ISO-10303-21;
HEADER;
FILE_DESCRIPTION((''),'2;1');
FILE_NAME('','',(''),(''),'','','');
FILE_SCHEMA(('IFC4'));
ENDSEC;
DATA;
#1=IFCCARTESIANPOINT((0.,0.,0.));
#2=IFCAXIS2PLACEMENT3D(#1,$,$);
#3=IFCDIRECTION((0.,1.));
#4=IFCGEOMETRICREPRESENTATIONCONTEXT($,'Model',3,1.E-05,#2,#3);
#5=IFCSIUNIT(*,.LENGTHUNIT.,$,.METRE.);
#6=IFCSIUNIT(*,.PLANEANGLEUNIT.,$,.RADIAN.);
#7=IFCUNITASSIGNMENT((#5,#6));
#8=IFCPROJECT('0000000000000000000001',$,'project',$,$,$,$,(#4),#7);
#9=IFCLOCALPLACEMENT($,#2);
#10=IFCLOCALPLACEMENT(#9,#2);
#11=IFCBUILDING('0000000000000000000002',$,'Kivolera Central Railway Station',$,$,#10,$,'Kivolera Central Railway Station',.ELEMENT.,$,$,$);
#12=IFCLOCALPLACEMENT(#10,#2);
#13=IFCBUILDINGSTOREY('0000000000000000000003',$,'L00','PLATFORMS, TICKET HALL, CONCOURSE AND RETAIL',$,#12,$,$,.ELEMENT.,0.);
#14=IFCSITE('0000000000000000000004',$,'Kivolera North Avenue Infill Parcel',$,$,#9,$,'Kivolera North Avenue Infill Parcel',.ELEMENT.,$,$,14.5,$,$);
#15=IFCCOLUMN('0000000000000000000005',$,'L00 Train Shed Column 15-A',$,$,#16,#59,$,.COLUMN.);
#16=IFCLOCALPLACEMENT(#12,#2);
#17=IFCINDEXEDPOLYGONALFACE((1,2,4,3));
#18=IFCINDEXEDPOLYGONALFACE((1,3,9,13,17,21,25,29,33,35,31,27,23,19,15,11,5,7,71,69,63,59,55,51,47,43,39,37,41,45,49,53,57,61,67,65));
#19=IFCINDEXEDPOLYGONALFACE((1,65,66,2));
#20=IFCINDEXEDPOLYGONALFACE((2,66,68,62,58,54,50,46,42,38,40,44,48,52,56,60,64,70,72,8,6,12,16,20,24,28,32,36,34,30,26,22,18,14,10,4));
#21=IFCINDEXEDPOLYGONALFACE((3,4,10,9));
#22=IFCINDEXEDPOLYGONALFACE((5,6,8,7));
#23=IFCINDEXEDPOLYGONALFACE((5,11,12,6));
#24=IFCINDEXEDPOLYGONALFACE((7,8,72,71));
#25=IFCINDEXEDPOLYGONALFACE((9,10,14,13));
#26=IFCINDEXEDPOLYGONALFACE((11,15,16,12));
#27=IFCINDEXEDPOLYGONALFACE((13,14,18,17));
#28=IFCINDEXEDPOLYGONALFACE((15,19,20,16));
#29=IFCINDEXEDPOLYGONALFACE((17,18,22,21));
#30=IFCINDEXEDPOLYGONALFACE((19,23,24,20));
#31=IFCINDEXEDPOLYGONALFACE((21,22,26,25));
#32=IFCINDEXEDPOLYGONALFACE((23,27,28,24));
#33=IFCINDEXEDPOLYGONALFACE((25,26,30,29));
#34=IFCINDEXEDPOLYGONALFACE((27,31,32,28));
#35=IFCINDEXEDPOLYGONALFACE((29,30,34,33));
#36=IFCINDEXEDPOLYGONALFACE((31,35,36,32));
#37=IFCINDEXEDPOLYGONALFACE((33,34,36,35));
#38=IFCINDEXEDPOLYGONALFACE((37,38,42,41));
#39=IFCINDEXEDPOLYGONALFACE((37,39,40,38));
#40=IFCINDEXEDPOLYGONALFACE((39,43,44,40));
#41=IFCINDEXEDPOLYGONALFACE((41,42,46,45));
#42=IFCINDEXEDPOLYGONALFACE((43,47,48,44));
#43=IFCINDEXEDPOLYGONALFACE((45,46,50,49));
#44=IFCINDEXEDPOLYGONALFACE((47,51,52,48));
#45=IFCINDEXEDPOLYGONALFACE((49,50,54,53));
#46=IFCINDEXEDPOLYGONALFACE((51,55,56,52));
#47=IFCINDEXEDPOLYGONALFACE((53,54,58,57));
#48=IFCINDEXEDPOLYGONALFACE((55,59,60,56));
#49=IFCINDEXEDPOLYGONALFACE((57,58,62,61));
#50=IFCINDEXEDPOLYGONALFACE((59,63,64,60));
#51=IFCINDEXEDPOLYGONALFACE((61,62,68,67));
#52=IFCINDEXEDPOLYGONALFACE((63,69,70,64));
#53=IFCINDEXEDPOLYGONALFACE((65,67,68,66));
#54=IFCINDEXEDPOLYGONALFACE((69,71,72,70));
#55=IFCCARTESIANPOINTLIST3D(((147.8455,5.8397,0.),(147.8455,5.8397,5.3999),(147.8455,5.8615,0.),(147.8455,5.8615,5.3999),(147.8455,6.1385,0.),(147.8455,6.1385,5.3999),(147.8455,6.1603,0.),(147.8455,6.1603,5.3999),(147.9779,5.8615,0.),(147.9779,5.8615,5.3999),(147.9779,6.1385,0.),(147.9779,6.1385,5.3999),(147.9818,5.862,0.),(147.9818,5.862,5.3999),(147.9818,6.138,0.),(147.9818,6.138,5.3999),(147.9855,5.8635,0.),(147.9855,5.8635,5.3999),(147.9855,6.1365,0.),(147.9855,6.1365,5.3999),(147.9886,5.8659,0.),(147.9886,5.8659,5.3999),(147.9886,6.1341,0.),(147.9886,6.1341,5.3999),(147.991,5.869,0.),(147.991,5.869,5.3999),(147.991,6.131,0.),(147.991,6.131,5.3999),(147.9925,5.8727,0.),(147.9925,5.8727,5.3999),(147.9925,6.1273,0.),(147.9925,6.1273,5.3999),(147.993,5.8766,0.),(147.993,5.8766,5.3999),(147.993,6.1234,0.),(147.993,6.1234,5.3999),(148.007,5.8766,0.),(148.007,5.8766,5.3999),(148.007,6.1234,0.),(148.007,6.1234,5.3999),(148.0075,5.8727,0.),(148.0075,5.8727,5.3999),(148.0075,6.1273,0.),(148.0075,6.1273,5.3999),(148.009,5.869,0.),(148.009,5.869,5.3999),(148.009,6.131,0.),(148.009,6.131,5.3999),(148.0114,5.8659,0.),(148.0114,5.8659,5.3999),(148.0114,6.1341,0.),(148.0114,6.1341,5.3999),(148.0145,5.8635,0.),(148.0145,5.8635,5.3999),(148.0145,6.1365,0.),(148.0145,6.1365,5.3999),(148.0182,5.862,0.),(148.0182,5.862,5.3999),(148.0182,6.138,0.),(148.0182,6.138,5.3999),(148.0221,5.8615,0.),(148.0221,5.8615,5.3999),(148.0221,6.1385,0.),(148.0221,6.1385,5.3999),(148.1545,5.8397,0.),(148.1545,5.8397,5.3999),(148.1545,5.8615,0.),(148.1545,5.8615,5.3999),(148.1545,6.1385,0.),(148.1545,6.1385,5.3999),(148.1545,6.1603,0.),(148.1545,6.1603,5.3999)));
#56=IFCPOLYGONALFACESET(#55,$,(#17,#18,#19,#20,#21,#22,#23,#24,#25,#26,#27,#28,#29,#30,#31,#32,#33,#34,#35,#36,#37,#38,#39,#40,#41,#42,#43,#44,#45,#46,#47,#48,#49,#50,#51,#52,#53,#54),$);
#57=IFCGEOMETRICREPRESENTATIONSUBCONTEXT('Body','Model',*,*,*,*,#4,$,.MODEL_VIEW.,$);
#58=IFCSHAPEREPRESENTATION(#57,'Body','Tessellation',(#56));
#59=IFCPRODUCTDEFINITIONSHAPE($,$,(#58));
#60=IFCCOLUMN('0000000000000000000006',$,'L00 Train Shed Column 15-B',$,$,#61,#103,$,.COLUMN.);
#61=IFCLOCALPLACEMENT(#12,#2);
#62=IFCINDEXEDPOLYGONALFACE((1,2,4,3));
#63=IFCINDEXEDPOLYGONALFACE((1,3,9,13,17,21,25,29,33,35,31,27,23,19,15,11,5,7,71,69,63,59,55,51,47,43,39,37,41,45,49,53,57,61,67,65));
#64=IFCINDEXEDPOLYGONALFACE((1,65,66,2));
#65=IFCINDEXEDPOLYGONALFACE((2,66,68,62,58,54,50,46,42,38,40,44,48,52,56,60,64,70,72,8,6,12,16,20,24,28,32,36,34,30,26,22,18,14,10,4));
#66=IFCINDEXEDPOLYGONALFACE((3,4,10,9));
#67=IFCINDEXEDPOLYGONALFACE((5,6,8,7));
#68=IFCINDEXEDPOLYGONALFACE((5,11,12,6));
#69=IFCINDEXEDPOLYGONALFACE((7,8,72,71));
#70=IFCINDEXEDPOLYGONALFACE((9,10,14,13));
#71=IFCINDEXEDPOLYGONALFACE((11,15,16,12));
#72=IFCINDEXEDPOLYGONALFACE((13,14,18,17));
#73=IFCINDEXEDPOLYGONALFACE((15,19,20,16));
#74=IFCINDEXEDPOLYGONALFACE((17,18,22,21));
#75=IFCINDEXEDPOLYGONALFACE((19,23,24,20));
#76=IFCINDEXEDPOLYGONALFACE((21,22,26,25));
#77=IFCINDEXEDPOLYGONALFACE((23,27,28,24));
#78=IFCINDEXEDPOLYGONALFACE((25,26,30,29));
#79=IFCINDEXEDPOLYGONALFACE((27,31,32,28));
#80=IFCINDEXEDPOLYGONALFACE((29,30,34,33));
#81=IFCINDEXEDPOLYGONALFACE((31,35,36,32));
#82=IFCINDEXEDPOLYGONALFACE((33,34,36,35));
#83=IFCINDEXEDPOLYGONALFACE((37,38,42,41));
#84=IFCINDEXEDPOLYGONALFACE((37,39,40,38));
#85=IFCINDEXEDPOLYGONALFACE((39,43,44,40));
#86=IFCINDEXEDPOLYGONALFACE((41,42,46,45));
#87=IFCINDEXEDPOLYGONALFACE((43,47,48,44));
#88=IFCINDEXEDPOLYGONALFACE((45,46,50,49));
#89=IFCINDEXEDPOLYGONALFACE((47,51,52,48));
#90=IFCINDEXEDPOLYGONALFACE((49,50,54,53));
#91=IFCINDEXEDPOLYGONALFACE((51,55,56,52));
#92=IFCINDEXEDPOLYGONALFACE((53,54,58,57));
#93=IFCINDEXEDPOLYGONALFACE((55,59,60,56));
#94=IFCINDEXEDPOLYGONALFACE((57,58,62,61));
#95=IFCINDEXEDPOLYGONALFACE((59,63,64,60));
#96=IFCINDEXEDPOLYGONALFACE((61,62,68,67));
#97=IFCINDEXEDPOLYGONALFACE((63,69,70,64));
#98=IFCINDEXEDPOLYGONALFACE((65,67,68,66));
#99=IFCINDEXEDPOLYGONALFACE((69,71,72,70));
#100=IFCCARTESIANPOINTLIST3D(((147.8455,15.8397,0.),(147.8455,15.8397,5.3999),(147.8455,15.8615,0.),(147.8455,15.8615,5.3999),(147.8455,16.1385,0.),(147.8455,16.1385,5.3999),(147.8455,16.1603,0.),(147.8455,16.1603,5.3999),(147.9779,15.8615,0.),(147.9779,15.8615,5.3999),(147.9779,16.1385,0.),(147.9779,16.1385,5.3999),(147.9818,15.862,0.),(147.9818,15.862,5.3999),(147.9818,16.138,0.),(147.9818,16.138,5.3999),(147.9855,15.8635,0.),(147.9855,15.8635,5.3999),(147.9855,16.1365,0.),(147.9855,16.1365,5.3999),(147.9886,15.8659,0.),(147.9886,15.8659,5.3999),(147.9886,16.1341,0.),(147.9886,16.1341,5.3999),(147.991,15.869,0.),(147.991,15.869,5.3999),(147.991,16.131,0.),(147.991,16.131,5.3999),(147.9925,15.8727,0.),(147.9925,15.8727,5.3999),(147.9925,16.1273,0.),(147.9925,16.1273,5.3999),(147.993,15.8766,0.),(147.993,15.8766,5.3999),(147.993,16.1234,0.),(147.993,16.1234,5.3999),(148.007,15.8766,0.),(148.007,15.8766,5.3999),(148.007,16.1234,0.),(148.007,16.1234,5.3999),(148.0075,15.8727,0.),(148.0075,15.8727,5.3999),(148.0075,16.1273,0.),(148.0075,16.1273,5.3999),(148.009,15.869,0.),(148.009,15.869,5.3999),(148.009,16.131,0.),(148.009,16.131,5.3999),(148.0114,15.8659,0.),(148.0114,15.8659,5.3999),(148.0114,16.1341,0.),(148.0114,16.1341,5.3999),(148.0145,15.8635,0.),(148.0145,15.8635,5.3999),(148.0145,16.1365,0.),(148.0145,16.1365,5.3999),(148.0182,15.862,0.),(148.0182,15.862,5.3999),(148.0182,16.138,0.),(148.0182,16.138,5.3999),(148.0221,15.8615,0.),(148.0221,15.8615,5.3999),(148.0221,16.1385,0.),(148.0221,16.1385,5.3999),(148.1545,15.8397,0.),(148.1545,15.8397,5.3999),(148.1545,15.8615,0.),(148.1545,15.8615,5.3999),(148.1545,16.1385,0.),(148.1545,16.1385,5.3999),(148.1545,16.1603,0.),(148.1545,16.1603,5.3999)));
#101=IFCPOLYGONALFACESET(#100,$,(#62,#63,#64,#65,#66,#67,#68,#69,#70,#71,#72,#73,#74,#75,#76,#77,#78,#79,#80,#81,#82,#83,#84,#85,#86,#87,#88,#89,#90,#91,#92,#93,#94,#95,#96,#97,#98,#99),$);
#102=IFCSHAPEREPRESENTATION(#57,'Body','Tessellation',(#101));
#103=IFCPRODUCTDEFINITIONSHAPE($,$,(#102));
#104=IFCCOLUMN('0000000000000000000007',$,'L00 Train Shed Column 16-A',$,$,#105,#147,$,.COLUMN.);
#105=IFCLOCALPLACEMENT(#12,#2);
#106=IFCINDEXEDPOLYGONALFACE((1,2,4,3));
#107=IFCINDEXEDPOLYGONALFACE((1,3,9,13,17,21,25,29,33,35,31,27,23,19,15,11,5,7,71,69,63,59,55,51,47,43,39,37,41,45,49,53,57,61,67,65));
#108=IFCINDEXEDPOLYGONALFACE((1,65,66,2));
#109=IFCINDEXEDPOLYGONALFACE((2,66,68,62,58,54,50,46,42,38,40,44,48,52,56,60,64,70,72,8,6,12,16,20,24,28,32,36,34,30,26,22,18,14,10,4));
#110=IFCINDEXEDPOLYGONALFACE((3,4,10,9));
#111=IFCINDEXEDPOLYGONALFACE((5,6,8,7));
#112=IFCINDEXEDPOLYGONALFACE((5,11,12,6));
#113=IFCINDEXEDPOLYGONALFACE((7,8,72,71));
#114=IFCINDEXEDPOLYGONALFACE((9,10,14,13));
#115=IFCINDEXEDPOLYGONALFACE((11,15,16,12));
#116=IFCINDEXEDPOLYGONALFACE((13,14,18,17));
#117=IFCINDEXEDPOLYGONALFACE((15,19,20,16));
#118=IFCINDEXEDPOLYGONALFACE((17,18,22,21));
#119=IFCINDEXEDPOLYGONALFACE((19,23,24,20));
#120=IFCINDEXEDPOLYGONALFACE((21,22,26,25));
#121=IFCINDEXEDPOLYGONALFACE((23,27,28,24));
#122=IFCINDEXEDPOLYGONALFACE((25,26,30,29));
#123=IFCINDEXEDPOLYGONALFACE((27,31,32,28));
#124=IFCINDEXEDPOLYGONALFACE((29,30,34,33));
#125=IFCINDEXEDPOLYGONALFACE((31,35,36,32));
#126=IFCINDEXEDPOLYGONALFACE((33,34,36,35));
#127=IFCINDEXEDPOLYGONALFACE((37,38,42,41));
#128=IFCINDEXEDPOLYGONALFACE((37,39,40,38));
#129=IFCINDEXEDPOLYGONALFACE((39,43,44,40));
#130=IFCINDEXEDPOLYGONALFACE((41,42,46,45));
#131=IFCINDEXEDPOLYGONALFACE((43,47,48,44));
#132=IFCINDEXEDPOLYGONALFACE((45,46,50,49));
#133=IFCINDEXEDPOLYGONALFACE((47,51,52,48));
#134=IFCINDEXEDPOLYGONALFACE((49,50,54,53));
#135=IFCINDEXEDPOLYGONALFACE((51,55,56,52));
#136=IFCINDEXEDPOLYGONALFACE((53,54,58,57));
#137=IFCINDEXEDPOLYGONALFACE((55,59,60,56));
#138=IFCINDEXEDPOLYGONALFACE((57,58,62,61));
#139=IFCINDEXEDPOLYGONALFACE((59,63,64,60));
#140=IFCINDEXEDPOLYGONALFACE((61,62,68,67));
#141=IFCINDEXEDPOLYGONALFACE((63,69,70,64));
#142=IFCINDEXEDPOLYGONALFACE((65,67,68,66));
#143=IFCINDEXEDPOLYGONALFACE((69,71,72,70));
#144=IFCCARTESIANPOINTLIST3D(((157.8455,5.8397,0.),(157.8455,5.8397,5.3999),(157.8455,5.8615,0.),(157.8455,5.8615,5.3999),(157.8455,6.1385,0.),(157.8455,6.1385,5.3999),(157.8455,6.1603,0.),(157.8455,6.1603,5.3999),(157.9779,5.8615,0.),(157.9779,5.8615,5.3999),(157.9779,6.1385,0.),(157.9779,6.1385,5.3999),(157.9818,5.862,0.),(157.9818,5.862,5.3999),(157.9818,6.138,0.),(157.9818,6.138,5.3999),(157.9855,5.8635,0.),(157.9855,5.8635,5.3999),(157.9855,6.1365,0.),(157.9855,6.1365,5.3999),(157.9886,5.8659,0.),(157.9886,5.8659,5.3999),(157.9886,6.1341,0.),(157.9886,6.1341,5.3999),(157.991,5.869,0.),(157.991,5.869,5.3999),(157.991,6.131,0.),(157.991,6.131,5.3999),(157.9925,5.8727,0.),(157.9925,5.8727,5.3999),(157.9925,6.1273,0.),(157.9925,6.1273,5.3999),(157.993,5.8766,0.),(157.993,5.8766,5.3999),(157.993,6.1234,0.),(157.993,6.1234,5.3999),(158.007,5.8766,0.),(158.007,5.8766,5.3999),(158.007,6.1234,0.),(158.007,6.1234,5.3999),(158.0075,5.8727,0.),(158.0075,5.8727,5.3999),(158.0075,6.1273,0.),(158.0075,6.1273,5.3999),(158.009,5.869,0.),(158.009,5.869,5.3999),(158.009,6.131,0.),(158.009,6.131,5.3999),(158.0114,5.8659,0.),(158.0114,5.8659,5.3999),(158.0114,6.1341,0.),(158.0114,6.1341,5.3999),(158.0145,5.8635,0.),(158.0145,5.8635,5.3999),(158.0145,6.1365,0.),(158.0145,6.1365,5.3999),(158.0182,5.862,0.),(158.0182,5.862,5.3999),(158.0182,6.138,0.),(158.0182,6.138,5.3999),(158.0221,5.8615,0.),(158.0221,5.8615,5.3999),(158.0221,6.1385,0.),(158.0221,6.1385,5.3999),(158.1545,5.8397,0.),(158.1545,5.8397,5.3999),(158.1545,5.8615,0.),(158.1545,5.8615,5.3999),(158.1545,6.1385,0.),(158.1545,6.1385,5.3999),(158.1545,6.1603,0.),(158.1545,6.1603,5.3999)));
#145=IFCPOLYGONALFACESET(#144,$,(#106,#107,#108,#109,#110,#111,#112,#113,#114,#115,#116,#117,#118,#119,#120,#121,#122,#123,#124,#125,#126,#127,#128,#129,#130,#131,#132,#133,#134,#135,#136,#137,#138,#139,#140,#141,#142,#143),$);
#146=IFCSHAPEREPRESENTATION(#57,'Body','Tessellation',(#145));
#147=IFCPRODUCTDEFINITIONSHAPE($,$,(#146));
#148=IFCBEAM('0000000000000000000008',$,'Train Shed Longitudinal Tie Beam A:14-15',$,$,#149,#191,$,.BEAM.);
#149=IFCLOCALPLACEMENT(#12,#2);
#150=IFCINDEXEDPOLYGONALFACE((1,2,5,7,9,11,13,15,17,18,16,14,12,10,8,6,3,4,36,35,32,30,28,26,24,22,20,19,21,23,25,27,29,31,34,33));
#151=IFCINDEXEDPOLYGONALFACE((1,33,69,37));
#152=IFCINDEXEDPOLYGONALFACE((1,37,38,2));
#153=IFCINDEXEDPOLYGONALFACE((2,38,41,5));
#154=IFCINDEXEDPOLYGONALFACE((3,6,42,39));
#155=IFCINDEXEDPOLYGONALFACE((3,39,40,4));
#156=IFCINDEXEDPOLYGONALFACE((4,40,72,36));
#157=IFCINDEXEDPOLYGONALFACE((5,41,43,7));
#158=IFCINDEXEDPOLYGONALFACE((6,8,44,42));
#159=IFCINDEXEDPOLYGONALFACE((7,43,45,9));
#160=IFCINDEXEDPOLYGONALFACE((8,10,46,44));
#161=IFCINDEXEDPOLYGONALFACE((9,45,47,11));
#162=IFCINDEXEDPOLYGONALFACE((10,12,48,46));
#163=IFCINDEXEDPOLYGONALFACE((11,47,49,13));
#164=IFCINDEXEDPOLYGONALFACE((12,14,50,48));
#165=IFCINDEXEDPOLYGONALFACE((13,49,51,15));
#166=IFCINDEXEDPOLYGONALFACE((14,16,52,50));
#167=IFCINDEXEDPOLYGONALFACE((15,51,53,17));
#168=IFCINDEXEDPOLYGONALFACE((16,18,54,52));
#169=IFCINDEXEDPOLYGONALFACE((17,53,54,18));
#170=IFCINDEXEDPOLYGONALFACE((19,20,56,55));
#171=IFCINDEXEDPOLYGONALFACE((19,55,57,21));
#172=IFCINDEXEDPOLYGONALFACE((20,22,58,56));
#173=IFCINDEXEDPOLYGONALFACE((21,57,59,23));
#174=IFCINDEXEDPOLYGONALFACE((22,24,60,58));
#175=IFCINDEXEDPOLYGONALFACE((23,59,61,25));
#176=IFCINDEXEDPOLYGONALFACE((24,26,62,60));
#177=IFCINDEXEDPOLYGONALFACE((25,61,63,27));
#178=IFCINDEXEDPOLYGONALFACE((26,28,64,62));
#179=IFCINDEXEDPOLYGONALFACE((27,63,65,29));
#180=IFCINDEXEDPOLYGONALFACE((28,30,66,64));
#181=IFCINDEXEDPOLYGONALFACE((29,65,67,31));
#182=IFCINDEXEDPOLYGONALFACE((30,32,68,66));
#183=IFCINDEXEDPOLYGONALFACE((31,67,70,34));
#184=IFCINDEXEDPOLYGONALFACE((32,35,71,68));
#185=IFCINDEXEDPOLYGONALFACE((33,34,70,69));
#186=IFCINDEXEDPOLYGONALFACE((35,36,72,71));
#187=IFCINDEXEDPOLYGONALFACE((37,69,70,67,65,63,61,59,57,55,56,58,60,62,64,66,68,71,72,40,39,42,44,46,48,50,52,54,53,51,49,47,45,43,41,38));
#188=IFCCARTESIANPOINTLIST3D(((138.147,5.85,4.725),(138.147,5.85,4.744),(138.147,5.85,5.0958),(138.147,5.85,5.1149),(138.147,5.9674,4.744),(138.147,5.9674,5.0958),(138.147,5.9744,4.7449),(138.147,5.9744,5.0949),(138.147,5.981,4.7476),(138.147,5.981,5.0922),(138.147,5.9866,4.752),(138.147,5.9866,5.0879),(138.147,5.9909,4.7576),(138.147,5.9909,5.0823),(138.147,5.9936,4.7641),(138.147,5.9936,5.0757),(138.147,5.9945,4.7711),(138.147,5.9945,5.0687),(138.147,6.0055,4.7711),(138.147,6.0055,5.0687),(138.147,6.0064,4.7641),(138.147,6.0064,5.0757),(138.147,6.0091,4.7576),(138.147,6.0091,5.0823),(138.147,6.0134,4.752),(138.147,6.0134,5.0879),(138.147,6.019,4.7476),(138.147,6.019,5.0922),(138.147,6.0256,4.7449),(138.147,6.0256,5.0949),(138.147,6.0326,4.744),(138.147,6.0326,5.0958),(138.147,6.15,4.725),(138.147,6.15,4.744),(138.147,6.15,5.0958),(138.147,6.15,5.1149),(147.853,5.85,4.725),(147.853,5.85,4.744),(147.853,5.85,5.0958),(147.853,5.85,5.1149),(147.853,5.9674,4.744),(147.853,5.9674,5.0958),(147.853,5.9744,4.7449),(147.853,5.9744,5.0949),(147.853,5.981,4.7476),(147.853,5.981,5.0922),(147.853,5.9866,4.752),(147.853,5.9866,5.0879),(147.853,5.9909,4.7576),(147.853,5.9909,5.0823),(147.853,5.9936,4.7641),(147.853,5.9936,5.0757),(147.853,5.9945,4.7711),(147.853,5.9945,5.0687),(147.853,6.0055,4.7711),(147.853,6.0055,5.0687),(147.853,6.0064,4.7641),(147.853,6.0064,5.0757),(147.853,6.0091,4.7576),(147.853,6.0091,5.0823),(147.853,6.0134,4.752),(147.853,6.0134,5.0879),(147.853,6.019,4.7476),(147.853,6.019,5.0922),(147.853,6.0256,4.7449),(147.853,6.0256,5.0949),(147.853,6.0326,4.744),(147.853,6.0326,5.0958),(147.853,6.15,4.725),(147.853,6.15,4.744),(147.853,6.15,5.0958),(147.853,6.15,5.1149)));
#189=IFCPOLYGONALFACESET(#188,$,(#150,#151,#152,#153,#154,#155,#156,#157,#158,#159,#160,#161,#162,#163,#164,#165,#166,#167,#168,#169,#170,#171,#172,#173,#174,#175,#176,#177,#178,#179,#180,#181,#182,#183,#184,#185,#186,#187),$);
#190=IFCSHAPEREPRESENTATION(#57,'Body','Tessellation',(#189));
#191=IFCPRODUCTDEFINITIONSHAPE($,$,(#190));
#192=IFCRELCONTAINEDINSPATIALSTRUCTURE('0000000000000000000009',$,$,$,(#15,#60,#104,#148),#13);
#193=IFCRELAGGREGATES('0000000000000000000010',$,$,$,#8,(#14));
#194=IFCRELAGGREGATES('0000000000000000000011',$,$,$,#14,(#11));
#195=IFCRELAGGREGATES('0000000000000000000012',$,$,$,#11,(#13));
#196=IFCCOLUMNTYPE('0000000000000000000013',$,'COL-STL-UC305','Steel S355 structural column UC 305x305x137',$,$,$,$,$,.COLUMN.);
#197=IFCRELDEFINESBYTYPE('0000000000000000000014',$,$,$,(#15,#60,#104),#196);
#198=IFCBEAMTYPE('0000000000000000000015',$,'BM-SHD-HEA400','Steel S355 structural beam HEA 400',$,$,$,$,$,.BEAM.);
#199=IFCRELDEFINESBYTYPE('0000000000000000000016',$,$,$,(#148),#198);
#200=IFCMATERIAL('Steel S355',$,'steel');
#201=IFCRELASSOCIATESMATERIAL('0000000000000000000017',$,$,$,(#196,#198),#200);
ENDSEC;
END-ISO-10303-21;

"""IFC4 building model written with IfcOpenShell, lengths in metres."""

from ifc_helpers import new_model, si_unit, direction, frame, origin, origin_2d, place, context, subcontext, project, spatial, i_section, extrude, material, material_profile, profile_set, type_object, element, save


model = new_model("IFC4")

# Units and contexts
model_context = context("Model", 3, precision=1e-05, world=origin(), true_north=direction((0.0, 1.0)))
body_context = subcontext(model_context, "Body", "Model", "MODEL_VIEW")
ifc_project = project(units=[si_unit("LENGTHUNIT", "METRE"), si_unit("PLANEANGLEUNIT", "RADIAN")], contexts=[model_context])

# Site, building, storey
site_placement = place(None, origin())
site = spatial("IfcSite", under=ifc_project, at=site_placement, Name="Kivolera North Avenue Infill Parcel", LongName="Kivolera North Avenue Infill Parcel", CompositionType="ELEMENT", RefElevation=14.5)
building_placement = place(site_placement, origin())
building = spatial("IfcBuilding", under=site, at=building_placement, Name="Kivolera Central Railway Station", LongName="Kivolera Central Railway Station", CompositionType="ELEMENT")
storey_placement = place(building_placement, origin())
storey = spatial("IfcBuildingStorey", under=building, at=storey_placement, Name="L00", Description="PLATFORMS, TICKET HALL, CONCOURSE AND RETAIL", CompositionType="ELEMENT", Elevation=0.0)

# Columns
ifc_material_1 = material(Name="Steel S355", Category="steel")
ifc_material_profile_1 = material_profile(ifc_material_1, i_section(OverallWidth=0.3091, OverallDepth=0.3206, WebThickness=0.0139, FlangeThickness=0.0217, FilletRadius=0.0151, at=origin_2d()), Name="UC 305x305x137")
ifc_profile_set_1 = profile_set([ifc_material_profile_1], Name="Steel S355")
column_type = type_object("IfcColumnType", Name="COL-STL-UC305", Description="Steel S355 structural column UC 305x305x137", PredefinedType="COLUMN", material=ifc_profile_set_1)
for number, where, z_axis, x_axis, name in (
    (1, (148.0, 6.0, 0.0), (0.0, 0.0, 1.0), (1.0, 0.0, 0.0), "L00 Train Shed Column 15-A"),
    (2, (148.0, 16.0, 0.0), (0.0, 0.0, 1.0), (1.0, 0.0, 0.0), "L00 Train Shed Column 15-B"),
    (3, (158.0, 6.0, 0.0), (0.0, 0.0, 1.0), (1.0, 0.0, 0.0), "L00 Train Shed Column 16-A"),
):
    element("IfcColumn", number, at=place(storey_placement, frame(where, z_axis=z_axis, x_axis=x_axis)), inside=storey, type_object=column_type, Name=name, PredefinedType="COLUMN", context=body_context, shape_type="SweptSolid", body=[
        extrude(i_section(OverallWidth=0.3091, OverallDepth=0.3206, WebThickness=0.0139, FlangeThickness=0.0217, FilletRadius=0.0151, at=origin_2d()), origin(), (0.0, 0.0, 1.0), 5.3999),
    ])

# Beam
ifc_material_profile_2 = material_profile(ifc_material_1, i_section(OverallWidth=0.3, OverallDepth=0.3899, WebThickness=0.011, FlangeThickness=0.019, FilletRadius=0.0271, at=origin_2d()), Name="HEA 400")
ifc_profile_set_2 = profile_set([ifc_material_profile_2], Name="Steel S355")
beam_type = type_object("IfcBeamType", Name="BM-SHD-HEA400", Description="Steel S355 structural beam HEA 400", PredefinedType="BEAM", material=ifc_profile_set_2)
for number, where, z_axis, x_axis, name in (
    (4, (138.147, 6.0, 4.9199), (1.0, 0.0, 0.0), (0.0, 1.0, 0.0), "Train Shed Longitudinal Tie Beam A:14-15"),
):
    element("IfcBeam", number, at=place(storey_placement, frame(where, z_axis=z_axis, x_axis=x_axis)), inside=storey, type_object=beam_type, Name=name, PredefinedType="BEAM", context=body_context, shape_type="SweptSolid", body=[
        extrude(i_section(OverallWidth=0.3, OverallDepth=0.3899, WebThickness=0.011, FlangeThickness=0.019, FilletRadius=0.0271, at=origin_2d()), origin(), (0.0, 0.0, 1.0), 9.7061),
    ])

save(model, "model.ifc")
